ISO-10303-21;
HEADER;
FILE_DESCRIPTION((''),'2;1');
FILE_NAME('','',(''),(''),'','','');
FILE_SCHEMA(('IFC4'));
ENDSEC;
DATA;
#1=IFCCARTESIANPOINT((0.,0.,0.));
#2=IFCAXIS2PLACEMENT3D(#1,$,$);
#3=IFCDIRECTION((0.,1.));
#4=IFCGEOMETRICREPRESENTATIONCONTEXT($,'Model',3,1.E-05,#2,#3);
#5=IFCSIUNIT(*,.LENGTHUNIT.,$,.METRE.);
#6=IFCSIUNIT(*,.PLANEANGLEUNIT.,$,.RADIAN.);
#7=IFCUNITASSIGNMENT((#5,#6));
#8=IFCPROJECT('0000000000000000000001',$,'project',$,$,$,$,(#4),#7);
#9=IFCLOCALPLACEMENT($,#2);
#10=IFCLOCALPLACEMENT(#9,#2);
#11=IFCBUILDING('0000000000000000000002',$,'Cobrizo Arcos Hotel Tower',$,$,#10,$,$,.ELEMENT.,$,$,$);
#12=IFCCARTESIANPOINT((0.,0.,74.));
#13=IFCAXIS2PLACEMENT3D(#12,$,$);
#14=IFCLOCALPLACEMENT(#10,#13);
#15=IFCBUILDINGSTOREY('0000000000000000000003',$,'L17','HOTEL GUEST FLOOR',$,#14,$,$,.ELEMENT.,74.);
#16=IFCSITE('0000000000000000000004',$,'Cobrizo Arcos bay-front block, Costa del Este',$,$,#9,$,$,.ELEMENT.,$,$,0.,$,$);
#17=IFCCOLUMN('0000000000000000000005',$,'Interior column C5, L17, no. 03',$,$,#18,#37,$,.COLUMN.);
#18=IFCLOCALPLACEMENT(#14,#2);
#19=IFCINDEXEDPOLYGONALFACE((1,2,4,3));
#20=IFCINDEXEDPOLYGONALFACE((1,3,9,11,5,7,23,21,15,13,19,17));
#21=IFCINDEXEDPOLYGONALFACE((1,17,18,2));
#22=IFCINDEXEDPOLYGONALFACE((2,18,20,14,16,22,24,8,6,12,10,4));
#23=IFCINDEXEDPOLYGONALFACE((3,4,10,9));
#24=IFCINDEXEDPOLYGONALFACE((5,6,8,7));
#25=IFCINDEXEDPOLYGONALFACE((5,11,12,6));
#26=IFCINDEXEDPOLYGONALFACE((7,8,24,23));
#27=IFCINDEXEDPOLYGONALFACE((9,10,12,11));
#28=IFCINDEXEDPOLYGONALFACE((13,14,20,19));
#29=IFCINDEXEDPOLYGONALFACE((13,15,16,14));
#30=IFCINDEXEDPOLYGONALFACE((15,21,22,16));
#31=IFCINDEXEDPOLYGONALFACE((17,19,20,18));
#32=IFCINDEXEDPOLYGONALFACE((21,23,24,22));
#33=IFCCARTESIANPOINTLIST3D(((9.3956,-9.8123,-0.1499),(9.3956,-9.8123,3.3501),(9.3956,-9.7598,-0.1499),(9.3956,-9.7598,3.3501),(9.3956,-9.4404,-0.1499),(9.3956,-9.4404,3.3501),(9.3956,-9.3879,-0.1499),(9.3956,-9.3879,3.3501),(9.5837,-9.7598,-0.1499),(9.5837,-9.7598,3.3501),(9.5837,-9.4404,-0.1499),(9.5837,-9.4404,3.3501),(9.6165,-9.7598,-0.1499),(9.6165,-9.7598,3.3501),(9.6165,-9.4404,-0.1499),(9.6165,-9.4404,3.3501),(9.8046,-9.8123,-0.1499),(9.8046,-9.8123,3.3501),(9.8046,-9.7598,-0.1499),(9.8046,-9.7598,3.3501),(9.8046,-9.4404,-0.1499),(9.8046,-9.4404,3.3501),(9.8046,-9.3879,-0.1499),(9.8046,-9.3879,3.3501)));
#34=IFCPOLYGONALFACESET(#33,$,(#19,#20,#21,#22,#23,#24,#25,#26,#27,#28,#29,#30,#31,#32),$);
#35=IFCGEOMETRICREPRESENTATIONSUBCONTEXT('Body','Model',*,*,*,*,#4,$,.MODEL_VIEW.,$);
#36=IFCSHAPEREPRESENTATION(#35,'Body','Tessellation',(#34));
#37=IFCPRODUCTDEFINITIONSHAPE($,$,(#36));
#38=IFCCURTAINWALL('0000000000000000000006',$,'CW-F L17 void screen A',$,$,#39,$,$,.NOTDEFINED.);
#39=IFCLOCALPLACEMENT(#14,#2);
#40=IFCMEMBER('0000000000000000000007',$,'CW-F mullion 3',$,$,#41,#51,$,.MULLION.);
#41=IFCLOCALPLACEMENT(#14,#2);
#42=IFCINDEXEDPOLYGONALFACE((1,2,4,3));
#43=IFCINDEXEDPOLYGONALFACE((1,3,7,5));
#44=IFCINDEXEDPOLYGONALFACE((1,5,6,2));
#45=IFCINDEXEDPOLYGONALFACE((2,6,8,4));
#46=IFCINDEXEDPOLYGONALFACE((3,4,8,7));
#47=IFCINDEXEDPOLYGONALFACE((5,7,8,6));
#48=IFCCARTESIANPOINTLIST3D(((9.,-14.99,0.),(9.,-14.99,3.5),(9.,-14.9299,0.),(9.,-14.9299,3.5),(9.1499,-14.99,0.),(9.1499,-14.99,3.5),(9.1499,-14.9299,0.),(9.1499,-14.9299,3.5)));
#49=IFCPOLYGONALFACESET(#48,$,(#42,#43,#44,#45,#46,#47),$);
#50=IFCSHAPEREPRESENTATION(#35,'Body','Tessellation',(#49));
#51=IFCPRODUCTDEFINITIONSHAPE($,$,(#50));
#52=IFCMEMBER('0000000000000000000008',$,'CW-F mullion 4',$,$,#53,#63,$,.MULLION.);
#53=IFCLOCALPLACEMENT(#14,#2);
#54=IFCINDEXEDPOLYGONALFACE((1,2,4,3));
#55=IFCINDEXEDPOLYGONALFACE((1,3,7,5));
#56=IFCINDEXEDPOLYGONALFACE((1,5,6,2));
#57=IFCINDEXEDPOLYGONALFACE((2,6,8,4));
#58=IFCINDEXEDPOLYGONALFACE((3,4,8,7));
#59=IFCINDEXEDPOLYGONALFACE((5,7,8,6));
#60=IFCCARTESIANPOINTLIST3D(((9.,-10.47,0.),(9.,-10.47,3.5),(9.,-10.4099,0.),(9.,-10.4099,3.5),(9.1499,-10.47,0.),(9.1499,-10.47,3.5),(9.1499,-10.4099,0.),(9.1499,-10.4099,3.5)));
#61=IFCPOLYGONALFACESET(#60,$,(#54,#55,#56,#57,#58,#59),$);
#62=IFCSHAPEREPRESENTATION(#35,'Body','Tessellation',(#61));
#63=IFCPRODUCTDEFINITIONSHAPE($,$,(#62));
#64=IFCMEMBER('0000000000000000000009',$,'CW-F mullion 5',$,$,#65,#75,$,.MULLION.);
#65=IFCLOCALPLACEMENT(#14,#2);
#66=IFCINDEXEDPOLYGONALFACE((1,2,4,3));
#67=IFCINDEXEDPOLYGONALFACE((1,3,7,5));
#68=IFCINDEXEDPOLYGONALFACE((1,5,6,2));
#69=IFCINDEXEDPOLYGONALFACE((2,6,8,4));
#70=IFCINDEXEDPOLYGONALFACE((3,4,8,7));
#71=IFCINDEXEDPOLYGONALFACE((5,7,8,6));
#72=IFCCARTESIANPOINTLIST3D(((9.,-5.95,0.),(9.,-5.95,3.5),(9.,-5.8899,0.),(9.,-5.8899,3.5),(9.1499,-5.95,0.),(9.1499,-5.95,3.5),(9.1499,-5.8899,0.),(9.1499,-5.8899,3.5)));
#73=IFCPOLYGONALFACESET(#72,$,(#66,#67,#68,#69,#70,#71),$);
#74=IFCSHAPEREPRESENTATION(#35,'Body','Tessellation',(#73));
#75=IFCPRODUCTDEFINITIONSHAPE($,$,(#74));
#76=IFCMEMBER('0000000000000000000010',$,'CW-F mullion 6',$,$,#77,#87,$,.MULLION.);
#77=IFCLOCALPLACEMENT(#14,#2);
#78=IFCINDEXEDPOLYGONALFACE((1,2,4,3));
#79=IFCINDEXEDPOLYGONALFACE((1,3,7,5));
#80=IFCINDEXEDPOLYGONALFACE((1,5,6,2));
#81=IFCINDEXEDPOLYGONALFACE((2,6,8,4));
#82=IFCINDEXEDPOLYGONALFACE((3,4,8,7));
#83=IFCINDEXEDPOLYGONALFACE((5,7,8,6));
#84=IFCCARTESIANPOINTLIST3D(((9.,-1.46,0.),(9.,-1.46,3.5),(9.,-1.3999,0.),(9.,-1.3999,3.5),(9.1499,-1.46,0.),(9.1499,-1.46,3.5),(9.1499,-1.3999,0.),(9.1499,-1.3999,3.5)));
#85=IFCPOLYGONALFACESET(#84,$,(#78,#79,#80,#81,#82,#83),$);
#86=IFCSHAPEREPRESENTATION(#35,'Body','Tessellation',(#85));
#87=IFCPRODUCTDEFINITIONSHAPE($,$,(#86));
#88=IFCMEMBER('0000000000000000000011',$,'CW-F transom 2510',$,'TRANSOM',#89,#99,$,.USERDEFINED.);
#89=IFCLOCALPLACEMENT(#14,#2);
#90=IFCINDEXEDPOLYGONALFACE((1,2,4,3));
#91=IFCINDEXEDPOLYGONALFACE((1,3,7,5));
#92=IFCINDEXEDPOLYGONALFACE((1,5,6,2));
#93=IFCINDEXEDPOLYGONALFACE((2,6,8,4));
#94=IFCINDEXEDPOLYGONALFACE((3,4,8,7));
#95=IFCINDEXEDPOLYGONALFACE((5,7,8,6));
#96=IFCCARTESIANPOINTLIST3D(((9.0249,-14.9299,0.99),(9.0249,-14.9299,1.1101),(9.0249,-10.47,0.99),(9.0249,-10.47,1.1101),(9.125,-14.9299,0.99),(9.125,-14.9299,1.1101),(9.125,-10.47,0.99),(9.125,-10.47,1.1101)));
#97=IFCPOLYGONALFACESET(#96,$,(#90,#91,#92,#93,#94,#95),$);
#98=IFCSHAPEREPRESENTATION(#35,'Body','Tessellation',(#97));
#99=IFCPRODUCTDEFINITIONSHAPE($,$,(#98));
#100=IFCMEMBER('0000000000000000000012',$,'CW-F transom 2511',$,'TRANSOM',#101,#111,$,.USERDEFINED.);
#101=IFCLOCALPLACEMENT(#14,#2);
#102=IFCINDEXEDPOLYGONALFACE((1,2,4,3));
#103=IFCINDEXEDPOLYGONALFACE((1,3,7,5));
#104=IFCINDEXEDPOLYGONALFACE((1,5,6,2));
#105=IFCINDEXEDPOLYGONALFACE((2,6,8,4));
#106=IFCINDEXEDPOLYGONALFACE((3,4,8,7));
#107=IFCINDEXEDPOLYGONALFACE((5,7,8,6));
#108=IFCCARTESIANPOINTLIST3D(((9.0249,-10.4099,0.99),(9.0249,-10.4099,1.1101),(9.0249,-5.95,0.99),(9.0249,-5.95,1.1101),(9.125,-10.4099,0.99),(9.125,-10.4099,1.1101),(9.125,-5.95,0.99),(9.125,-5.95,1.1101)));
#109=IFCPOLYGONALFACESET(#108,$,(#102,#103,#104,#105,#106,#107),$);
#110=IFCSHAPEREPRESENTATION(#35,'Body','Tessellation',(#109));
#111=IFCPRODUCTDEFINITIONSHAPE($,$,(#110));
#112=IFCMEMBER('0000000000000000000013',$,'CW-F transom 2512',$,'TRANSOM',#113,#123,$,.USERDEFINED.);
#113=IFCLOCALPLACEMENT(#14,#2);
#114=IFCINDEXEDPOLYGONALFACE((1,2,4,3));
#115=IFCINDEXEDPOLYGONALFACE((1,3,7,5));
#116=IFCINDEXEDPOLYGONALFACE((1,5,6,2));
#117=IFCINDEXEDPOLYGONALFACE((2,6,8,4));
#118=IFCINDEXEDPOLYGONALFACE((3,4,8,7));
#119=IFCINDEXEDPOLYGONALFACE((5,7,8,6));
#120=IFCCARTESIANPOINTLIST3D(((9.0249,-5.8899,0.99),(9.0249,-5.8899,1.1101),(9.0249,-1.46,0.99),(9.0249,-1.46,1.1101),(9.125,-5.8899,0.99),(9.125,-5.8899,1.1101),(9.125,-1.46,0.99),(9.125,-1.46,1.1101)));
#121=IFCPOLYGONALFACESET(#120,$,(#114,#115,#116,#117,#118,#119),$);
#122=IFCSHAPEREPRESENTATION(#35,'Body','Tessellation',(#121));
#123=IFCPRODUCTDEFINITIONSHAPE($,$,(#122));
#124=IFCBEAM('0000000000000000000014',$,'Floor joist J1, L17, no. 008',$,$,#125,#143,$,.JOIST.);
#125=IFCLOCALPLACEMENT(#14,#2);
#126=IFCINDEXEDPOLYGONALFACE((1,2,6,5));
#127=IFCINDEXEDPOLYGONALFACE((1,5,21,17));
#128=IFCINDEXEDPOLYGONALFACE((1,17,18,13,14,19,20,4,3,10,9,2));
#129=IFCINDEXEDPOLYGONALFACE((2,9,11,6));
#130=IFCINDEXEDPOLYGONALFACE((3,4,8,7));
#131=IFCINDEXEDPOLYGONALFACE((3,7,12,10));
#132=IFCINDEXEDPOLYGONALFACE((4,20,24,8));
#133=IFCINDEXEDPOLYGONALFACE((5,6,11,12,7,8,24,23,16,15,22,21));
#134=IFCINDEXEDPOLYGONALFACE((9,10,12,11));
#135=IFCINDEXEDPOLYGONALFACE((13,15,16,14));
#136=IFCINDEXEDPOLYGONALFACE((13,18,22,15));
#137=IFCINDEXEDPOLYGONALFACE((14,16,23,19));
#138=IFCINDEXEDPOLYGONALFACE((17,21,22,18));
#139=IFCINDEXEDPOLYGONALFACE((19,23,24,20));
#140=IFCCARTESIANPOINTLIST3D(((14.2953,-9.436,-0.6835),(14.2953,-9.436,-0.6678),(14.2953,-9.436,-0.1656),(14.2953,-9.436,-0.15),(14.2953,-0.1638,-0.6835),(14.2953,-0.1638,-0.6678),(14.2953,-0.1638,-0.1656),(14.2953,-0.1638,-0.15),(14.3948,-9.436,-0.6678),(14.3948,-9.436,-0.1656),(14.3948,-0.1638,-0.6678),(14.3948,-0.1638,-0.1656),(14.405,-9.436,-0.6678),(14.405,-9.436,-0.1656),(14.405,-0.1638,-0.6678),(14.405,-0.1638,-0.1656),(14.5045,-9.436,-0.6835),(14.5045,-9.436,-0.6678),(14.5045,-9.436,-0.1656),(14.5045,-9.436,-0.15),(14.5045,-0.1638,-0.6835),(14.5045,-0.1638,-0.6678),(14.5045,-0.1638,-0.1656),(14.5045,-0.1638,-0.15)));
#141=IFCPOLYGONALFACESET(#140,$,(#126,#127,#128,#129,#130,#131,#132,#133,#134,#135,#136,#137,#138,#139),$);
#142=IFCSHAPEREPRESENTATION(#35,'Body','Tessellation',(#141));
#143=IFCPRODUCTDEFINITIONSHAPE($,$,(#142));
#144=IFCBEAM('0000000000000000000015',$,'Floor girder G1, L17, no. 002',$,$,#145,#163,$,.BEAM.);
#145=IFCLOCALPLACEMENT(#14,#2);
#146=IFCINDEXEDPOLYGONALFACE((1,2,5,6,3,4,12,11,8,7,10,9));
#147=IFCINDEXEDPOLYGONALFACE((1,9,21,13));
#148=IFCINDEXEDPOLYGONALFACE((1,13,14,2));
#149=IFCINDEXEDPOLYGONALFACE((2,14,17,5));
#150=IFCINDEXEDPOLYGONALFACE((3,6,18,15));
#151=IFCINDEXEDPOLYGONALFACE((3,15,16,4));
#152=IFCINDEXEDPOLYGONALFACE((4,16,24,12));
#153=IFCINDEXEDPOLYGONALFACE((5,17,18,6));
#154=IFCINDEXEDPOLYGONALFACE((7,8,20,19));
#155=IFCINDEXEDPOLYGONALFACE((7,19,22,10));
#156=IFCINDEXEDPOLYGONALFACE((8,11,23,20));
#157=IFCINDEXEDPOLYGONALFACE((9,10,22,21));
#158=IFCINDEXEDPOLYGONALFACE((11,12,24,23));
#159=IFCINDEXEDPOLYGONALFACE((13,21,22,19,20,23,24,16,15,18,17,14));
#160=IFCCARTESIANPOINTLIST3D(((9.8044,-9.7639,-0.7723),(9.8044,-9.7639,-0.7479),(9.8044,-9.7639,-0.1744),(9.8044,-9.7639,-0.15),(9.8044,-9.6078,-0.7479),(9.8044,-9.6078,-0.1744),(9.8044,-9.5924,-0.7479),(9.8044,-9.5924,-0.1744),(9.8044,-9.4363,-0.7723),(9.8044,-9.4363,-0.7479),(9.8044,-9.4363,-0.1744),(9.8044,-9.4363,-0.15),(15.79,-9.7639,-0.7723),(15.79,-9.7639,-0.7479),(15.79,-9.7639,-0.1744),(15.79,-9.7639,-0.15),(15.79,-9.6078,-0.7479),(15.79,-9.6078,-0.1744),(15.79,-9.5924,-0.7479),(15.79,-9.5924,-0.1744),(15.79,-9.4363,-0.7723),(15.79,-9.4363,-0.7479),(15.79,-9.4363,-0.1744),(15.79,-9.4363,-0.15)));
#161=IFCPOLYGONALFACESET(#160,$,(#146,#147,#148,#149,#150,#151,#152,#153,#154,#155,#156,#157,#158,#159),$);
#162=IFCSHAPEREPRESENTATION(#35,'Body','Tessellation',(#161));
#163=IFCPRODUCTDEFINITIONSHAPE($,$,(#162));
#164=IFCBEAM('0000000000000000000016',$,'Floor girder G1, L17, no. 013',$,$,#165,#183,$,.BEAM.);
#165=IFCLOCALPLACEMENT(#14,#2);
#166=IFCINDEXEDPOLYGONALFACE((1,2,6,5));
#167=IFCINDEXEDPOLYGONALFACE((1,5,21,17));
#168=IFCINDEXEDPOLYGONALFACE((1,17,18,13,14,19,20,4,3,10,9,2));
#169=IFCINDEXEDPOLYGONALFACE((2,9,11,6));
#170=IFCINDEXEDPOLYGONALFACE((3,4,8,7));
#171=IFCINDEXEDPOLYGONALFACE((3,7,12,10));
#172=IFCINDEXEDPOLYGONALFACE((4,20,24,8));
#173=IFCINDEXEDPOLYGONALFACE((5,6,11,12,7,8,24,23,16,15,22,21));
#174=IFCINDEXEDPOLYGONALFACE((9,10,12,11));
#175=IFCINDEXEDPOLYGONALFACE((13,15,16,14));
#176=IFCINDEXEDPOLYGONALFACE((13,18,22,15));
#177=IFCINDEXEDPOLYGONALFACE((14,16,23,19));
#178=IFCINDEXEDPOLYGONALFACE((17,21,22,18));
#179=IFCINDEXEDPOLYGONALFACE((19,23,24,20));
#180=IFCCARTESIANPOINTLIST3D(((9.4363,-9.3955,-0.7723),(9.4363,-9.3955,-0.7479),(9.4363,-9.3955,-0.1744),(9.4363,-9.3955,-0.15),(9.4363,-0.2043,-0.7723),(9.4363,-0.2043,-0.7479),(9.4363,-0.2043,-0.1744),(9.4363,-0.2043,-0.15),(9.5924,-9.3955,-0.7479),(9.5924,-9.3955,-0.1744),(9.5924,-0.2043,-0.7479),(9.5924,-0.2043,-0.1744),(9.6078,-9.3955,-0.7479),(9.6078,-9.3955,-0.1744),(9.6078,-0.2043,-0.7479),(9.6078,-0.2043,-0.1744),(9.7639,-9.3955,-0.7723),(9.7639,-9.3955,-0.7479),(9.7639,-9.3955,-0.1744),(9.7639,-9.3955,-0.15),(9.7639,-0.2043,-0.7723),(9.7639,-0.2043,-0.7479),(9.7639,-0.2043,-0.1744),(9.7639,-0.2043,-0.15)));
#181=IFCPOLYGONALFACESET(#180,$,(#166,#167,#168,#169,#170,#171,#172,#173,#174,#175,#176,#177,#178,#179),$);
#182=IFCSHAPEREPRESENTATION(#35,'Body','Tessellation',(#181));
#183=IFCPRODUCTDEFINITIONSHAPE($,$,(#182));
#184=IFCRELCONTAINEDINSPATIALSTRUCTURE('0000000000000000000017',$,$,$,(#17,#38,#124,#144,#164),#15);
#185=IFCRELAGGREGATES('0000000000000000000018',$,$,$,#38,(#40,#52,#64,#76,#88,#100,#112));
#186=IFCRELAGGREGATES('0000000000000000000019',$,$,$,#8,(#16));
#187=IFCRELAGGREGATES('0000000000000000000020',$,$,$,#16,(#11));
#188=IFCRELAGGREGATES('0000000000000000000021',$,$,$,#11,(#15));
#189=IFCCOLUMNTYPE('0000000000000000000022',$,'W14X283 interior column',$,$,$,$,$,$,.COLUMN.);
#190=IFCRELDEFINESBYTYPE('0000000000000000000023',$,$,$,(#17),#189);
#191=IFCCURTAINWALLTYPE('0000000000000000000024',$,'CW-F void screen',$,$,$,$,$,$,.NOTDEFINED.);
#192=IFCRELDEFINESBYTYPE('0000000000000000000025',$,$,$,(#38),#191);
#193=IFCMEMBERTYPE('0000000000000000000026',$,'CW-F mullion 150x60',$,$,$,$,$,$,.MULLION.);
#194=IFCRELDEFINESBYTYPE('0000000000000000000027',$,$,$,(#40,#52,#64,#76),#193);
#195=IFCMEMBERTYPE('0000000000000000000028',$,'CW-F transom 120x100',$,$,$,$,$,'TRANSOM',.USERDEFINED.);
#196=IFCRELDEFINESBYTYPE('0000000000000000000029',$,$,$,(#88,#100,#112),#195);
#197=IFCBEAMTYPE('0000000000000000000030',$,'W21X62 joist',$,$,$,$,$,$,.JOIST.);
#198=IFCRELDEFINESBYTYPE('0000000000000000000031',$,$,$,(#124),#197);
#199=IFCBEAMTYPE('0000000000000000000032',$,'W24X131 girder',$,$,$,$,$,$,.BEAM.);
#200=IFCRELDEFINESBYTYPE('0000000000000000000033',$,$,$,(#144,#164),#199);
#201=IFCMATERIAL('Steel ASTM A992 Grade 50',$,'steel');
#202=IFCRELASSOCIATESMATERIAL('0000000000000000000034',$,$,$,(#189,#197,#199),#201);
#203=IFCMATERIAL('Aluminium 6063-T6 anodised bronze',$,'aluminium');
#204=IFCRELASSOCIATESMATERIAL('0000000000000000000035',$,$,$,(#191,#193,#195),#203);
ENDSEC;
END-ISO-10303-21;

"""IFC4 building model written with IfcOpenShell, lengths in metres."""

from ifc_helpers import new_model, si_unit, direction, frame, origin, origin_2d, place, context, subcontext, project, spatial, rectangle, i_section, extrude, material, material_profile, profile_set, type_object, element, aggregate, save


model = new_model("IFC4")

# Units and contexts
model_context = context("Model", 3, precision=1e-05, world=origin(), true_north=direction((0.0, 1.0)))
body_context = subcontext(model_context, "Body", "Model", "MODEL_VIEW")
ifc_project = project(units=[si_unit("LENGTHUNIT", "METRE"), si_unit("PLANEANGLEUNIT", "RADIAN")], contexts=[model_context])

# Site, building, storey
site_placement = place(None, origin())
site = spatial("IfcSite", under=ifc_project, at=site_placement, Name="Cobrizo Arcos bay-front block, Costa del Este", CompositionType="ELEMENT", RefElevation=0.0)
building_placement = place(site_placement, origin())
building = spatial("IfcBuilding", under=site, at=building_placement, Name="Cobrizo Arcos Hotel Tower", CompositionType="ELEMENT")
storey_placement = place(building_placement, frame((0.0, 0.0, 74.0)))
storey = spatial("IfcBuildingStorey", under=building, at=storey_placement, Name="L17", Description="HOTEL GUEST FLOOR", CompositionType="ELEMENT", Elevation=74.0)

# Column
ifc_material_1 = material(Name="Steel ASTM A992 Grade 50", Category="steel")
ifc_material_profile_1 = material_profile(ifc_material_1, i_section(OverallWidth=0.4089, OverallDepth=0.4243, WebThickness=0.0327, FlangeThickness=0.0525, at=origin_2d()), Name="W14X283")
ifc_profile_set_1 = profile_set([ifc_material_profile_1], Name="Steel ASTM A992 Grade 50")
column_type = type_object("IfcColumnType", Name="W14X283 interior column", PredefinedType="COLUMN", material=ifc_profile_set_1)
column_placement = place(storey_placement, frame((9.6001, -9.6001, -0.1499), z_axis=(0.0, 0.0, 1.0), x_axis=(1.0, 0.0, 0.0)))
element("IfcColumn", 1, at=column_placement, inside=storey, type_object=column_type, Name="Interior column C5, L17, no. 03", PredefinedType="COLUMN", context=body_context, shape_type="SweptSolid", body=[
    extrude(i_section(OverallWidth=0.4089, OverallDepth=0.4243, WebThickness=0.0327, FlangeThickness=0.0525, at=origin_2d()), origin(), (0.0, 0.0, 1.0), 3.5),
])

# Curtain wall, members
ifc_material_2 = material(Name="Aluminium 6063-T6 anodised bronze", Category="aluminium")
curtain_wall_type = type_object("IfcCurtainWallType", Name="CW-F void screen", PredefinedType="NOTDEFINED", material=ifc_material_2)
curtain_wall_placement = place(storey_placement, origin())
curtain_wall = element("IfcCurtainWall", 2, at=curtain_wall_placement, inside=storey, type_object=curtain_wall_type, Name="CW-F L17 void screen A", PredefinedType="NOTDEFINED")
ifc_material_profile_2 = material_profile(ifc_material_2, rectangle(XDim=0.1499, YDim=0.0601, at=origin_2d()), Name="CW-F mullion 150x60")
ifc_profile_set_2 = profile_set([ifc_material_profile_2], Name="Aluminium 6063-T6 anodised bronze")
member_type_1 = type_object("IfcMemberType", Name="CW-F mullion 150x60", PredefinedType="MULLION", material=ifc_profile_set_2)
member_1_placement = place(storey_placement, frame((9.075, -14.96, 0.0), z_axis=(0.0, 0.0, 1.0), x_axis=(1.0, 0.0, 0.0)))
member_1 = element("IfcMember", 3, at=member_1_placement, type_object=member_type_1, Name="CW-F mullion 3", PredefinedType="MULLION", context=body_context, shape_type="SweptSolid", body=[
    extrude(rectangle(XDim=0.1499, YDim=0.0601, at=origin_2d()), origin(), (0.0, 0.0, 1.0), 3.5),
])
member_2_placement = place(storey_placement, frame((9.075, -10.4399, 0.0), z_axis=(0.0, 0.0, 1.0), x_axis=(1.0, 0.0, 0.0)))
member_2 = element("IfcMember", 4, at=member_2_placement, type_object=member_type_1, Name="CW-F mullion 4", PredefinedType="MULLION", context=body_context, shape_type="SweptSolid", body=[
    extrude(rectangle(XDim=0.1499, YDim=0.0601, at=origin_2d()), origin(), (0.0, 0.0, 1.0), 3.5),
])
member_3_placement = place(storey_placement, frame((9.075, -5.9199, 0.0), z_axis=(0.0, 0.0, 1.0), x_axis=(1.0, 0.0, 0.0)))
member_3 = element("IfcMember", 5, at=member_3_placement, type_object=member_type_1, Name="CW-F mullion 5", PredefinedType="MULLION", context=body_context, shape_type="SweptSolid", body=[
    extrude(rectangle(XDim=0.1499, YDim=0.0601, at=origin_2d()), origin(), (0.0, 0.0, 1.0), 3.5),
])
member_4_placement = place(storey_placement, frame((9.075, -1.4299, 0.0), z_axis=(0.0, 0.0, 1.0), x_axis=(1.0, 0.0, 0.0)))
member_4 = element("IfcMember", 6, at=member_4_placement, type_object=member_type_1, Name="CW-F mullion 6", PredefinedType="MULLION", context=body_context, shape_type="SweptSolid", body=[
    extrude(rectangle(XDim=0.1499, YDim=0.0601, at=origin_2d()), origin(), (0.0, 0.0, 1.0), 3.5),
])
ifc_material_profile_3 = material_profile(ifc_material_2, rectangle(XDim=0.1001, YDim=0.1201, at=origin_2d()), Name="CW-F transom 120x100")
ifc_profile_set_3 = profile_set([ifc_material_profile_3], Name="Aluminium 6063-T6 anodised bronze")
member_type_2 = type_object("IfcMemberType", Name="CW-F transom 120x100", ElementType="TRANSOM", PredefinedType="USERDEFINED", material=ifc_profile_set_3)
member_5_placement = place(storey_placement, frame((9.075, -14.9299, 1.05), z_axis=(0.0, 1.0, 0.0), x_axis=(-1.0, 0.0, 0.0)))
member_5 = element("IfcMember", 7, at=member_5_placement, type_object=member_type_2, Name="CW-F transom 2510", ObjectType="TRANSOM", PredefinedType="USERDEFINED", context=body_context, shape_type="SweptSolid", body=[
    extrude(rectangle(XDim=0.1001, YDim=0.1201, at=origin_2d()), origin(), (0.0, 0.0, 1.0), 4.46),
])
member_6_placement = place(storey_placement, frame((9.075, -10.4099, 1.05), z_axis=(0.0, 1.0, 0.0), x_axis=(-1.0, 0.0, 0.0)))
member_6 = element("IfcMember", 8, at=member_6_placement, type_object=member_type_2, Name="CW-F transom 2511", ObjectType="TRANSOM", PredefinedType="USERDEFINED", context=body_context, shape_type="SweptSolid", body=[
    extrude(rectangle(XDim=0.1001, YDim=0.1201, at=origin_2d()), origin(), (0.0, 0.0, 1.0), 4.46),
])
member_7_placement = place(storey_placement, frame((9.075, -5.8899, 1.05), z_axis=(0.0, 1.0, 0.0), x_axis=(-1.0, 0.0, 0.0)))
member_7 = element("IfcMember", 9, at=member_7_placement, type_object=member_type_2, Name="CW-F transom 2512", ObjectType="TRANSOM", PredefinedType="USERDEFINED", context=body_context, shape_type="SweptSolid", body=[
    extrude(rectangle(XDim=0.1001, YDim=0.1201, at=origin_2d()), origin(), (0.0, 0.0, 1.0), 4.4299),
])

# Beams
ifc_material_profile_4 = material_profile(ifc_material_1, i_section(OverallWidth=0.2092, OverallDepth=0.5334, WebThickness=0.0103, FlangeThickness=0.0156, at=origin_2d()), Name="W21X62")
ifc_profile_set_4 = profile_set([ifc_material_profile_4], Name="Steel ASTM A992 Grade 50")
beam_type_1 = type_object("IfcBeamType", Name="W21X62 joist", PredefinedType="JOIST", material=ifc_profile_set_4)
beam_1_placement = place(storey_placement, frame((14.3999, -9.436, -0.4167), z_axis=(0.0, 1.0, 0.0), x_axis=(-1.0, 0.0, 0.0)))
element("IfcBeam", 10, at=beam_1_placement, inside=storey, type_object=beam_type_1, Name="Floor joist J1, L17, no. 008", PredefinedType="JOIST", context=body_context, shape_type="SweptSolid", body=[
    extrude(i_section(OverallWidth=0.2092, OverallDepth=0.5334, WebThickness=0.0103, FlangeThickness=0.0156, at=origin_2d()), origin(), (0.0, 0.0, 1.0), 9.2722),
])
ifc_material_profile_5 = material_profile(ifc_material_1, i_section(OverallWidth=0.3276, OverallDepth=0.6223, WebThickness=0.0154, FlangeThickness=0.0244, at=origin_2d()), Name="W24X131")
ifc_profile_set_5 = profile_set([ifc_material_profile_5], Name="Steel ASTM A992 Grade 50")
beam_type_2 = type_object("IfcBeamType", Name="W24X131 girder", PredefinedType="BEAM", material=ifc_profile_set_5)
beam_2_placement = place(storey_placement, frame((9.8044, -9.6001, -0.4612), z_axis=(1.0, 0.0, 0.0), x_axis=(0.0, 1.0, 0.0)))
element("IfcBeam", 11, at=beam_2_placement, inside=storey, type_object=beam_type_2, Name="Floor girder G1, L17, no. 002", PredefinedType="BEAM", context=body_context, shape_type="SweptSolid", body=[
    extrude(i_section(OverallWidth=0.3276, OverallDepth=0.6223, WebThickness=0.0154, FlangeThickness=0.0244, at=origin_2d()), origin(), (0.0, 0.0, 1.0), 5.9856),
])
beam_3_placement = place(storey_placement, frame((9.6001, -9.3955, -0.4612), z_axis=(0.0, 1.0, 0.0), x_axis=(-1.0, 0.0, 0.0)))
element("IfcBeam", 12, at=beam_3_placement, inside=storey, type_object=beam_type_2, Name="Floor girder G1, L17, no. 013", PredefinedType="BEAM", context=body_context, shape_type="SweptSolid", body=[
    extrude(i_section(OverallWidth=0.3276, OverallDepth=0.6223, WebThickness=0.0154, FlangeThickness=0.0244, at=origin_2d()), origin(), (0.0, 0.0, 1.0), 9.1912),
])

aggregate(curtain_wall, [member_1, member_2, member_3, member_4, member_5, member_6, member_7])

save(model, "model.ifc")
